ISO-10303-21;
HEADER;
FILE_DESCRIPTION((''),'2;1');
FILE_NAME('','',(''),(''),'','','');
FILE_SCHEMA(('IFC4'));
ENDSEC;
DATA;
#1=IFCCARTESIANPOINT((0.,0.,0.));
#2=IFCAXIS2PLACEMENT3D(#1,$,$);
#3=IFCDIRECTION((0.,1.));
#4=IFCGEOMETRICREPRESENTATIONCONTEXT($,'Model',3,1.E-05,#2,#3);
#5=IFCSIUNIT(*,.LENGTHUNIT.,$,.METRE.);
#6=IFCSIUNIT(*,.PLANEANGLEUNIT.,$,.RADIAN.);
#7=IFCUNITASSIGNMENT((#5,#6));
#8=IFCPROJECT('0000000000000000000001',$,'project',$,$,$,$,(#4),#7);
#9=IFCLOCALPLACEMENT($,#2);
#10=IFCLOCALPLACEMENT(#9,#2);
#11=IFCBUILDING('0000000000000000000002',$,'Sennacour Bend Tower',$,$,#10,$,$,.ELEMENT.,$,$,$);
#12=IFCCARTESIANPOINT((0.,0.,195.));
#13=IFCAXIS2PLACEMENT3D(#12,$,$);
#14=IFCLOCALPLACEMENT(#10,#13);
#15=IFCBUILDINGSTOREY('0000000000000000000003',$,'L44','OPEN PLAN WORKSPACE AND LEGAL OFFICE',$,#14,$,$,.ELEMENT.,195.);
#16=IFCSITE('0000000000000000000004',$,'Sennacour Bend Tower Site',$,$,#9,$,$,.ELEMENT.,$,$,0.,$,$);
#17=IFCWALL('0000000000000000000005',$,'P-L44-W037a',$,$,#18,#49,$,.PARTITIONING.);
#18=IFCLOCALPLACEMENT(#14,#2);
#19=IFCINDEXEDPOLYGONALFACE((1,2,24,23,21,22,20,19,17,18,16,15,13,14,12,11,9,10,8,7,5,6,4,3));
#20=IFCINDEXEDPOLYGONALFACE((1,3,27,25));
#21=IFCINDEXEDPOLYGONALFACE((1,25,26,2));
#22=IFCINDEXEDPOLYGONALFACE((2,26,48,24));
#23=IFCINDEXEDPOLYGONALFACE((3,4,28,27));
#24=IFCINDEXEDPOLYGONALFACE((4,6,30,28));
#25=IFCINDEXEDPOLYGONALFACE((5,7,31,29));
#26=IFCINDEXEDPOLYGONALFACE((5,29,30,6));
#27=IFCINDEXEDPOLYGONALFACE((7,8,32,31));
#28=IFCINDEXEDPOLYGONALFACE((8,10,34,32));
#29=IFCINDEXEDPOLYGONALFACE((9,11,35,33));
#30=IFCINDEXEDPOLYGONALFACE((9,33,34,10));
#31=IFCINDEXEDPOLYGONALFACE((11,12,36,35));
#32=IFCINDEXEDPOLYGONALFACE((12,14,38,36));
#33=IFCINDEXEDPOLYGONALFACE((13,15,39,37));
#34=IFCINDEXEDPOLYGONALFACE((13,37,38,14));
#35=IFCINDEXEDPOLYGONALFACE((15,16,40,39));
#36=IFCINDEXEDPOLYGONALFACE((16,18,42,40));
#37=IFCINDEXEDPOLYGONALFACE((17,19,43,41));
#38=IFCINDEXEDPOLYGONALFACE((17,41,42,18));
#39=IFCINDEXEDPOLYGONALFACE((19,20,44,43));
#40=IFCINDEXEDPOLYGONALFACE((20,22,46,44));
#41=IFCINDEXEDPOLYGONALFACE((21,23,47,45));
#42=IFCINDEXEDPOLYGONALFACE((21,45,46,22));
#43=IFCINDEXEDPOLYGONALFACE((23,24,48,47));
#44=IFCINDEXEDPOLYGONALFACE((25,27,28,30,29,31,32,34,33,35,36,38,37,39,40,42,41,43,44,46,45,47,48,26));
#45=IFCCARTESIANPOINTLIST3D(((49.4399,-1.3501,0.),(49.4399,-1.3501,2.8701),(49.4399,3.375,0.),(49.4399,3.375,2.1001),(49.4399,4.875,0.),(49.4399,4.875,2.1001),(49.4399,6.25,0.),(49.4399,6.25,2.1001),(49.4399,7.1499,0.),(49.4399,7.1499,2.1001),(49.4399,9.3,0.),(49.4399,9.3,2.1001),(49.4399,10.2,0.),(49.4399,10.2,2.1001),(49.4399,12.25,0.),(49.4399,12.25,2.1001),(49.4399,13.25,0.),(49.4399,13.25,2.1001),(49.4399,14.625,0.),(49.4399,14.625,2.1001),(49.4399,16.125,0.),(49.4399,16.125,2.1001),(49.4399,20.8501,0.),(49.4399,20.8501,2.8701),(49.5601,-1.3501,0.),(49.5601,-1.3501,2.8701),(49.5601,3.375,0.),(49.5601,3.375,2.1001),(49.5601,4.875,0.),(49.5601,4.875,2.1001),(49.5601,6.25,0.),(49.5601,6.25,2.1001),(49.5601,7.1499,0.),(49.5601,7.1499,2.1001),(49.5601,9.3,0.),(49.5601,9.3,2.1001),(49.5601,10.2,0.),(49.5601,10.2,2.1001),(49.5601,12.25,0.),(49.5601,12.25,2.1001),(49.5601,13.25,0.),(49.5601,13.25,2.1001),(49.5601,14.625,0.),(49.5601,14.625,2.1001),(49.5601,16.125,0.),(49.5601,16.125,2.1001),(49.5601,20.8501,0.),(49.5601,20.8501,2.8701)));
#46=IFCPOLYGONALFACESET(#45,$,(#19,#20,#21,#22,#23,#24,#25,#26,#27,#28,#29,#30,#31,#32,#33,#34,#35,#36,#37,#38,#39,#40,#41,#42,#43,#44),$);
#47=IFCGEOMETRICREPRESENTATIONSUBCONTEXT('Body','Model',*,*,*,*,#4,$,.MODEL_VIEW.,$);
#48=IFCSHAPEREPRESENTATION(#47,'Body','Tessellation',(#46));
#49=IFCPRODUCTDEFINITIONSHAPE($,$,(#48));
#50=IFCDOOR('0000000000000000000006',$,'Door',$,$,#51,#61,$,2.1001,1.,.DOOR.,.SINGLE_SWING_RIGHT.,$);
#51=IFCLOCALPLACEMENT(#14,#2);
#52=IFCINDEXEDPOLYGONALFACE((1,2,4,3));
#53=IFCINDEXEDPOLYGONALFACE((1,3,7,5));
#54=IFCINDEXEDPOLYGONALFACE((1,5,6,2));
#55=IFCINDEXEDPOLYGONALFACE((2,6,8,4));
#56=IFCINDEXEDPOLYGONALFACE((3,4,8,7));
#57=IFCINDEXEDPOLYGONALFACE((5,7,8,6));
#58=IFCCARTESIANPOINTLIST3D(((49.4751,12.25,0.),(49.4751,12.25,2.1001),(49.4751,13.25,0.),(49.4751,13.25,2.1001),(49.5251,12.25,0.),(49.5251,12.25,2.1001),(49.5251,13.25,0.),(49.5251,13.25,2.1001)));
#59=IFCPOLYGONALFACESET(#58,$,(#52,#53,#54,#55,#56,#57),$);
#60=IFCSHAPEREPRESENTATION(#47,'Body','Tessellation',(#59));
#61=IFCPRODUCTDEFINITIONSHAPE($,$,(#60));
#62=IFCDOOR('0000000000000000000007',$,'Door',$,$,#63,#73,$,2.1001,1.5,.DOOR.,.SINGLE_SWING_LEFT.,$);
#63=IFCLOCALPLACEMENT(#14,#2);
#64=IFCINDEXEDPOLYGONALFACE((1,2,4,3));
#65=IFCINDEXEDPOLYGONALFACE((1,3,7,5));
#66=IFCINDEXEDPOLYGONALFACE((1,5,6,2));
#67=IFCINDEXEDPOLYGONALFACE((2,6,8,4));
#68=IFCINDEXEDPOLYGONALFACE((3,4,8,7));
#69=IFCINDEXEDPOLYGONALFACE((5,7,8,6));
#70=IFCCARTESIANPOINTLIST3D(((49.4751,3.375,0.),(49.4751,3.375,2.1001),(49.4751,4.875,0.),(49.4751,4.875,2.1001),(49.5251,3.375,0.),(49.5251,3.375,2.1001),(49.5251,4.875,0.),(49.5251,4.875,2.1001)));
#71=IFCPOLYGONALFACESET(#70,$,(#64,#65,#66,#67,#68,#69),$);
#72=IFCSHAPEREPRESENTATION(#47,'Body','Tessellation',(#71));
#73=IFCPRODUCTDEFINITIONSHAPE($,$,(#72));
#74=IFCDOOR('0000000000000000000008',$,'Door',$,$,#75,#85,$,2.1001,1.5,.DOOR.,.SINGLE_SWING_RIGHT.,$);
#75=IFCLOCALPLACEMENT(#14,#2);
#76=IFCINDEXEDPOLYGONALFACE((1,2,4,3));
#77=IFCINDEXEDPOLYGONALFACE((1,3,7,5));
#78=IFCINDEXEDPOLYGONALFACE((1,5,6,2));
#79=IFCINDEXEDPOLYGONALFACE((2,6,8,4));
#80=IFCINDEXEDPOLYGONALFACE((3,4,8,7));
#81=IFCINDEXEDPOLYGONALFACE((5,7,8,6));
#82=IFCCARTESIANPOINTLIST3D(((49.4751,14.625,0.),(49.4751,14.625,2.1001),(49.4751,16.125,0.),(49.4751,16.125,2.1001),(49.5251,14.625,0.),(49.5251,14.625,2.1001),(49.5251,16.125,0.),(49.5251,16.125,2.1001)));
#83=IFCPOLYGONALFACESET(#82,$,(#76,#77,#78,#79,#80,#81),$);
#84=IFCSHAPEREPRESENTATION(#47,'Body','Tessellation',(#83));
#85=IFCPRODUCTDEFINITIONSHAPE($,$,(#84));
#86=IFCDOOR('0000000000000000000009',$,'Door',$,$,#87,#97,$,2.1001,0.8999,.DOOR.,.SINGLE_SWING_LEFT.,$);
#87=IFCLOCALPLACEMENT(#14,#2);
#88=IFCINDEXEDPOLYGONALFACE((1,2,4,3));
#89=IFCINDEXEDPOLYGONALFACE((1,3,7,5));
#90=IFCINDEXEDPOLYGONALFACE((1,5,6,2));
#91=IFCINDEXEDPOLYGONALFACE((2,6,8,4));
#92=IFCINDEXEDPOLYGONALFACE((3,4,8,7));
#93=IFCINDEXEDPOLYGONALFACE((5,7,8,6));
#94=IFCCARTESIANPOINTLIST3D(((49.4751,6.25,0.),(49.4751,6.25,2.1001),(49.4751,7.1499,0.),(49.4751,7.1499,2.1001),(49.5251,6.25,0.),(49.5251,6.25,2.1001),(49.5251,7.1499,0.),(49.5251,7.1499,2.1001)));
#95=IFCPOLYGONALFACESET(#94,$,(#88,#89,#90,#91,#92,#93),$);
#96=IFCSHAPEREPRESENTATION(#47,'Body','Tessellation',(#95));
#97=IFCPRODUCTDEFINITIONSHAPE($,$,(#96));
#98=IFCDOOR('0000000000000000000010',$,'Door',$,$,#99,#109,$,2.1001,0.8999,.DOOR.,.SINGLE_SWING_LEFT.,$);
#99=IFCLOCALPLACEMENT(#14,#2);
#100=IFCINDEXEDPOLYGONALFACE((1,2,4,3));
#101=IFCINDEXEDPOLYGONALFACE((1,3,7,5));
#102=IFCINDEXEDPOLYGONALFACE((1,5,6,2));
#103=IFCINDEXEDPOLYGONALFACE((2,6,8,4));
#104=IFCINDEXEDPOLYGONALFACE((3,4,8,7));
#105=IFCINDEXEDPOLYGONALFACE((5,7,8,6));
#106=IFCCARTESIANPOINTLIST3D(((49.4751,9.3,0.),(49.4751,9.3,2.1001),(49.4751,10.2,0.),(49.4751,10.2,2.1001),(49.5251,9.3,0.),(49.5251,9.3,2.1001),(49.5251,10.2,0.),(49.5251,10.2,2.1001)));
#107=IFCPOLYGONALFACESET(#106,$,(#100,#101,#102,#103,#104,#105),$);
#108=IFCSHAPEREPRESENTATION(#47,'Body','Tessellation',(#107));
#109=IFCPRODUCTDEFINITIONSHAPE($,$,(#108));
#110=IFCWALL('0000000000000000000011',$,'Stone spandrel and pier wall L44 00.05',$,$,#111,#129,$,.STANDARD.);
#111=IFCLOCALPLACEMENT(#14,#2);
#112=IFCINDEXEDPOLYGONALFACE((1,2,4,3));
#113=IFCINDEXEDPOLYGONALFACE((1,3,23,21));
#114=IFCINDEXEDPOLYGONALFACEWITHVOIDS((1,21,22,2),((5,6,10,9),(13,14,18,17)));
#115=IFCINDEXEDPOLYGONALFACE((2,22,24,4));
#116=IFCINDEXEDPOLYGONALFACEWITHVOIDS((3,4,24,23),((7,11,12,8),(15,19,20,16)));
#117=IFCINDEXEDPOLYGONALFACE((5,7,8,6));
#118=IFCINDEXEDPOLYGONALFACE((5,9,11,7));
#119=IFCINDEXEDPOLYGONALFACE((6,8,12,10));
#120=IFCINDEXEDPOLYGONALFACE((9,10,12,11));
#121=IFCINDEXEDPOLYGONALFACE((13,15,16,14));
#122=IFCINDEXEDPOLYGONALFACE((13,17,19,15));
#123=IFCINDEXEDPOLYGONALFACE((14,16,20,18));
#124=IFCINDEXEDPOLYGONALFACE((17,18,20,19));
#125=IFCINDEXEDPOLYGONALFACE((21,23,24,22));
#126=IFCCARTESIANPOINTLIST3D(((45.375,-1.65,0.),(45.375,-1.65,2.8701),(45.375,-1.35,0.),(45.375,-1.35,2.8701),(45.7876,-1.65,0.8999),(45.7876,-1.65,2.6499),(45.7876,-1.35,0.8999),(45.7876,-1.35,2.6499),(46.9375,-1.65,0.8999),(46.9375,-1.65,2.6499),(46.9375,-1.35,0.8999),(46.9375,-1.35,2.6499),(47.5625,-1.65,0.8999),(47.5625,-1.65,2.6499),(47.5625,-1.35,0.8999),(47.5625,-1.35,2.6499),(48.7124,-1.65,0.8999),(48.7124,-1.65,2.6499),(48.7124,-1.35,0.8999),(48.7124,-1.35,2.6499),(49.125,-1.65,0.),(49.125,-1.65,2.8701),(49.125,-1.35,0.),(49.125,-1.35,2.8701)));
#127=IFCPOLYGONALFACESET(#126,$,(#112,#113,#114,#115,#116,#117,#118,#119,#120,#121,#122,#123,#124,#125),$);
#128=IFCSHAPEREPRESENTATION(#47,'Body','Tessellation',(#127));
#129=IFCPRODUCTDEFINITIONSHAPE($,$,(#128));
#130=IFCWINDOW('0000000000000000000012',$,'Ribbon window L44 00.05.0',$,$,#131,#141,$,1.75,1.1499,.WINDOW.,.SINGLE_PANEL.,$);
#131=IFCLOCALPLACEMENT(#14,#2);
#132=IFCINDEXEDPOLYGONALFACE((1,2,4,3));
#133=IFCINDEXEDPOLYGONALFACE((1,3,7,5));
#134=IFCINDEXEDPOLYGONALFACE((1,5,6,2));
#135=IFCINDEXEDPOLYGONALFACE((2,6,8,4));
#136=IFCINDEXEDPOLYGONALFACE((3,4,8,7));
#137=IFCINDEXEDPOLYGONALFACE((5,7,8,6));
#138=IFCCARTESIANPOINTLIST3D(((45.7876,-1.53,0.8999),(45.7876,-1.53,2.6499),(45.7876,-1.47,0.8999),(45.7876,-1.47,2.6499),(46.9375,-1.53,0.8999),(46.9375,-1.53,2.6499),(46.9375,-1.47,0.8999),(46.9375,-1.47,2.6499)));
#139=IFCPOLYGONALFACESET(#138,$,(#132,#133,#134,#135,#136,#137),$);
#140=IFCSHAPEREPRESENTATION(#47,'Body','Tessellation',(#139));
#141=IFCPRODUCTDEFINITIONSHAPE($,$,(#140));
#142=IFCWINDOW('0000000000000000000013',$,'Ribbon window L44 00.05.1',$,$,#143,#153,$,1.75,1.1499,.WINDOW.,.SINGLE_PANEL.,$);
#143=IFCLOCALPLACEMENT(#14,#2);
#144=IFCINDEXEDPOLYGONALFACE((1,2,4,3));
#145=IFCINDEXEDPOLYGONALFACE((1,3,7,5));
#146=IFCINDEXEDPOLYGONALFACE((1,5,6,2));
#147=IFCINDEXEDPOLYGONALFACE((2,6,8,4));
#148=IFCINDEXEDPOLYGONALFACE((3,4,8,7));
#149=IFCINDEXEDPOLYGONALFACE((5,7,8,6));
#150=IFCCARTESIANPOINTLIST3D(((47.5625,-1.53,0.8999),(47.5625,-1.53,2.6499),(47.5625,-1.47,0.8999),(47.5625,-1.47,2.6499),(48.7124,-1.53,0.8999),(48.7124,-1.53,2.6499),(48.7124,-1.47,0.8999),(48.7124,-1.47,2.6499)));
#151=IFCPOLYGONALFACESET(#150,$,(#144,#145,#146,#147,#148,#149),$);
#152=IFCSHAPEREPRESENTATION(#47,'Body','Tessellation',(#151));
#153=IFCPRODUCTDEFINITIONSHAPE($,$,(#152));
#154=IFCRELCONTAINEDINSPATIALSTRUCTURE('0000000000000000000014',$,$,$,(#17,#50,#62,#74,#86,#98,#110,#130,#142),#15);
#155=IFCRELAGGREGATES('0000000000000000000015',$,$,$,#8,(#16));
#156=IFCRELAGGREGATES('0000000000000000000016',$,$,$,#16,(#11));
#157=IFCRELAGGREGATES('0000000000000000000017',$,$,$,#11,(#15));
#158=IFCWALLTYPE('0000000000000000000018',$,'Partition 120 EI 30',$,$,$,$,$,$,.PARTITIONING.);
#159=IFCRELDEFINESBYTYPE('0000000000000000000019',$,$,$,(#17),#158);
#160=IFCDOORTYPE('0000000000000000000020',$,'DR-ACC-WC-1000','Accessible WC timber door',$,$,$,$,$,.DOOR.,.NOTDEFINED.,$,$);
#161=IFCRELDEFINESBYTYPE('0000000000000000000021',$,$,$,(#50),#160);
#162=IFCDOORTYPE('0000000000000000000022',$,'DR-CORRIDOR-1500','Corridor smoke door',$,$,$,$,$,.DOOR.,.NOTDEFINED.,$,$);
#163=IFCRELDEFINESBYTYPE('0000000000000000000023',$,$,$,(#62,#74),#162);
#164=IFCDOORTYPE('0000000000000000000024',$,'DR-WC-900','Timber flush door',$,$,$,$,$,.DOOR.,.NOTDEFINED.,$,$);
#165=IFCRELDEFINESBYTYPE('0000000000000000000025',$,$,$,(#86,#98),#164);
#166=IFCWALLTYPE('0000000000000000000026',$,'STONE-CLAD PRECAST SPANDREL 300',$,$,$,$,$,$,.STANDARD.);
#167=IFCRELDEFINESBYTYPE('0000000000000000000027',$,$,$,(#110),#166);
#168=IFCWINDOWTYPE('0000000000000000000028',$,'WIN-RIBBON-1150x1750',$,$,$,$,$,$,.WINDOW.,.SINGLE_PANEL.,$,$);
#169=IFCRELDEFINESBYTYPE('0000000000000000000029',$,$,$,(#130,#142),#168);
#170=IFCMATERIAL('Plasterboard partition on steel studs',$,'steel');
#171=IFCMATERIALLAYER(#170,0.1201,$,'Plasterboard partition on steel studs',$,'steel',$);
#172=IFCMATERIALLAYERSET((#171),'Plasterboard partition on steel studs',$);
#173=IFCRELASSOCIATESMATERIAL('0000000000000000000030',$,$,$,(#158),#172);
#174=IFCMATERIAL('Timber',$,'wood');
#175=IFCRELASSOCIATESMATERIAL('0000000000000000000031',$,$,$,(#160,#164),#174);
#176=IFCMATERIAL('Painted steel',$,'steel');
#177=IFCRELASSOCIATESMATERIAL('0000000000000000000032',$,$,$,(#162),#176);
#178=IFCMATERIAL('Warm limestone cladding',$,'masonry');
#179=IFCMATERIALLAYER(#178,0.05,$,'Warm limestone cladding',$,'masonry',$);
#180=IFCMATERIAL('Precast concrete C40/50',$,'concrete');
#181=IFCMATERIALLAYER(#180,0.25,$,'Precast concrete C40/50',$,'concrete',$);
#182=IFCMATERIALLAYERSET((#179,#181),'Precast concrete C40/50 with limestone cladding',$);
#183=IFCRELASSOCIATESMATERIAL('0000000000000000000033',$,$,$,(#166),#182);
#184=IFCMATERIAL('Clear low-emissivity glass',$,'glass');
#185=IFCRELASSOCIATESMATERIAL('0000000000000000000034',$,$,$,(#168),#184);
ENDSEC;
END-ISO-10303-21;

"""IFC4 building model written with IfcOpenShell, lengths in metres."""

from ifc_helpers import new_model, si_unit, direction, frame, frame_2d, origin, place, context, subcontext, project, spatial, rectangle, extrude, material, layer, layer_set, type_object, element, fill, save


model = new_model("IFC4")

# Units and contexts
model_context = context("Model", 3, precision=1e-05, world=origin(), true_north=direction((0.0, 1.0)))
body_context = subcontext(model_context, "Body", "Model", "MODEL_VIEW")
ifc_project = project(units=[si_unit("LENGTHUNIT", "METRE"), si_unit("PLANEANGLEUNIT", "RADIAN")], contexts=[model_context])

# Site, building, storey
site_placement = place(None, origin())
site = spatial("IfcSite", under=ifc_project, at=site_placement, Name="Sennacour Bend Tower Site", CompositionType="ELEMENT", RefElevation=0.0)
building_placement = place(site_placement, origin())
building = spatial("IfcBuilding", under=site, at=building_placement, Name="Sennacour Bend Tower", CompositionType="ELEMENT")
storey_placement = place(building_placement, frame((0.0, 0.0, 195.0)))
storey = spatial("IfcBuildingStorey", under=building, at=storey_placement, Name="L44", Description="OPEN PLAN WORKSPACE AND LEGAL OFFICE", CompositionType="ELEMENT", Elevation=195.0)

# Shared definitions
ifc_material_1 = material(Name="Plasterboard partition on steel studs", Category="steel")

# Wall, openings, doors
ifc_layer_1 = layer(ifc_material_1, 0.1201, Name="Plasterboard partition on steel studs", Category="steel")
ifc_layer_set_1 = layer_set([ifc_layer_1], Name="Plasterboard partition on steel studs")
wall_type_1 = type_object("IfcWallType", Name="Partition 120 EI 30", PredefinedType="PARTITIONING", material=ifc_layer_set_1)
wall_1_placement = place(storey_placement, frame((49.5, -1.3501, 0.0), z_axis=(0.0, 0.0, 1.0), x_axis=(0.0, 1.0, 0.0)))
wall_1 = element("IfcWall", 1, at=wall_1_placement, inside=storey, type_object=wall_type_1, Name="P-L44-W037a", PredefinedType="PARTITIONING", context=body_context, shape_type="SweptSolid", body=[
    extrude(rectangle(XDim=22.2002, YDim=0.1201, at=frame_2d((11.1001, 0.0))), origin(), (0.0, 0.0, 1.0), 2.8701),
])
opening_1_placement = place(wall_1_placement, frame((4.7251, 0.0, 0.0)))
opening_1 = element("IfcOpeningElement", 2, at=opening_1_placement, cuts=wall_1, PredefinedType="OPENING", context=body_context, shape_type="SweptSolid", body=[
    extrude(rectangle(XDim=1.5, YDim=2.1001, at=frame_2d((0.75, 1.05))), frame((0.0, 0.0701, 0.0), z_axis=(0.0, -1.0, 0.0), x_axis=(1.0, 0.0, 0.0)), (0.0, 0.0, 1.0), 0.1401),
])
opening_2_placement = place(wall_1_placement, frame((15.9751, 0.0, 0.0)))
opening_2 = element("IfcOpeningElement", 3, at=opening_2_placement, cuts=wall_1, PredefinedType="OPENING", context=body_context, shape_type="SweptSolid", body=[
    extrude(rectangle(XDim=1.5, YDim=2.1001, at=frame_2d((0.75, 1.05))), frame((0.0, 0.0701, 0.0), z_axis=(0.0, -1.0, 0.0), x_axis=(1.0, 0.0, 0.0)), (0.0, 0.0, 1.0), 0.1401),
])
opening_3_placement = place(wall_1_placement, frame((7.6001, 0.0, 0.0)))
opening_3 = element("IfcOpeningElement", 4, at=opening_3_placement, cuts=wall_1, PredefinedType="OPENING", context=body_context, shape_type="SweptSolid", body=[
    extrude(rectangle(XDim=0.8999, YDim=2.1001, at=frame_2d((0.45, 1.05))), frame((0.0, 0.0701, 0.0), z_axis=(0.0, -1.0, 0.0), x_axis=(1.0, 0.0, 0.0)), (0.0, 0.0, 1.0), 0.1401),
])
opening_4_placement = place(wall_1_placement, frame((10.6501, 0.0, 0.0)))
opening_4 = element("IfcOpeningElement", 5, at=opening_4_placement, cuts=wall_1, PredefinedType="OPENING", context=body_context, shape_type="SweptSolid", body=[
    extrude(rectangle(XDim=0.8999, YDim=2.1001, at=frame_2d((0.45, 1.05))), frame((0.0, 0.0701, 0.0), z_axis=(0.0, -1.0, 0.0), x_axis=(1.0, 0.0, 0.0)), (0.0, 0.0, 1.0), 0.1401),
])
opening_5_placement = place(wall_1_placement, frame((13.6001, 0.0, 0.0)))
opening_5 = element("IfcOpeningElement", 6, at=opening_5_placement, cuts=wall_1, PredefinedType="OPENING", context=body_context, shape_type="SweptSolid", body=[
    extrude(rectangle(XDim=1.0, YDim=2.1001, at=frame_2d((0.5, 1.05))), frame((0.0, 0.0701, 0.0), z_axis=(0.0, -1.0, 0.0), x_axis=(1.0, 0.0, 0.0)), (0.0, 0.0, 1.0), 0.1401),
])
ifc_material_2 = material(Name="Timber", Category="wood")
door_type_1 = type_object("IfcDoorType", Name="DR-ACC-WC-1000", Description="Accessible WC timber door", OperationType="NOTDEFINED", PredefinedType="DOOR", material=ifc_material_2)
door_1_placement = place(opening_5_placement, origin())
door_1 = element("IfcDoor", 7, at=door_1_placement, inside=storey, type_object=door_type_1, Name="Door", OperationType="SINGLE_SWING_RIGHT", OverallHeight=2.1001, OverallWidth=1.0, PredefinedType="DOOR", context=body_context, shape_type="SweptSolid", body=[
    extrude(rectangle(XDim=1.0, YDim=2.1001, at=frame_2d((0.5, 1.05))), frame((0.0, 0.0249, 0.0), z_axis=(0.0, -1.0, 0.0), x_axis=(1.0, 0.0, 0.0)), (0.0, 0.0, 1.0), 0.05),
])
fill(opening_5, door_1)
ifc_material_3 = material(Name="Painted steel", Category="steel")
door_type_2 = type_object("IfcDoorType", Name="DR-CORRIDOR-1500", Description="Corridor smoke door", OperationType="NOTDEFINED", PredefinedType="DOOR", material=ifc_material_3)
door_2_placement = place(opening_1_placement, origin())
door_2 = element("IfcDoor", 8, at=door_2_placement, inside=storey, type_object=door_type_2, Name="Door", OperationType="SINGLE_SWING_LEFT", OverallHeight=2.1001, OverallWidth=1.5, PredefinedType="DOOR", context=body_context, shape_type="SweptSolid", body=[
    extrude(rectangle(XDim=1.5, YDim=2.1001, at=frame_2d((0.75, 1.05))), frame((0.0, 0.0249, 0.0), z_axis=(0.0, -1.0, 0.0), x_axis=(1.0, 0.0, 0.0)), (0.0, 0.0, 1.0), 0.05),
])
fill(opening_1, door_2)
door_3_placement = place(opening_2_placement, origin())
door_3 = element("IfcDoor", 9, at=door_3_placement, inside=storey, type_object=door_type_2, Name="Door", OperationType="SINGLE_SWING_RIGHT", OverallHeight=2.1001, OverallWidth=1.5, PredefinedType="DOOR", context=body_context, shape_type="SweptSolid", body=[
    extrude(rectangle(XDim=1.5, YDim=2.1001, at=frame_2d((0.75, 1.05))), frame((0.0, 0.0249, 0.0), z_axis=(0.0, -1.0, 0.0), x_axis=(1.0, 0.0, 0.0)), (0.0, 0.0, 1.0), 0.05),
])
fill(opening_2, door_3)
door_type_3 = type_object("IfcDoorType", Name="DR-WC-900", Description="Timber flush door", OperationType="NOTDEFINED", PredefinedType="DOOR", material=ifc_material_2)
door_4_placement = place(opening_3_placement, origin())
door_4 = element("IfcDoor", 10, at=door_4_placement, inside=storey, type_object=door_type_3, Name="Door", OperationType="SINGLE_SWING_LEFT", OverallHeight=2.1001, OverallWidth=0.8999, PredefinedType="DOOR", context=body_context, shape_type="SweptSolid", body=[
    extrude(rectangle(XDim=0.8999, YDim=2.1001, at=frame_2d((0.45, 1.05))), frame((0.0, 0.0249, 0.0), z_axis=(0.0, -1.0, 0.0), x_axis=(1.0, 0.0, 0.0)), (0.0, 0.0, 1.0), 0.05),
])
fill(opening_3, door_4)
door_5_placement = place(opening_4_placement, origin())
door_5 = element("IfcDoor", 11, at=door_5_placement, inside=storey, type_object=door_type_3, Name="Door", OperationType="SINGLE_SWING_LEFT", OverallHeight=2.1001, OverallWidth=0.8999, PredefinedType="DOOR", context=body_context, shape_type="SweptSolid", body=[
    extrude(rectangle(XDim=0.8999, YDim=2.1001, at=frame_2d((0.45, 1.05))), frame((0.0, 0.0249, 0.0), z_axis=(0.0, -1.0, 0.0), x_axis=(1.0, 0.0, 0.0)), (0.0, 0.0, 1.0), 0.05),
])
fill(opening_4, door_5)

# Wall, openings, windows
ifc_material_4 = material(Name="Warm limestone cladding", Category="masonry")
ifc_layer_2 = layer(ifc_material_4, 0.05, Name="Warm limestone cladding", Category="masonry")
ifc_material_5 = material(Name="Precast concrete C40/50", Category="concrete")
ifc_layer_3 = layer(ifc_material_5, 0.25, Name="Precast concrete C40/50", Category="concrete")
ifc_layer_set_2 = layer_set([ifc_layer_2, ifc_layer_3], Name="Precast concrete C40/50 with limestone cladding")
wall_type_2 = type_object("IfcWallType", Name="STONE-CLAD PRECAST SPANDREL 300", PredefinedType="STANDARD", material=ifc_layer_set_2)
wall_2_placement = place(storey_placement, frame((45.375, -1.5, 0.0), z_axis=(0.0, 0.0, 1.0), x_axis=(1.0, 0.0, 0.0)))
wall_2 = element("IfcWall", 12, at=wall_2_placement, inside=storey, type_object=wall_type_2, Name="Stone spandrel and pier wall L44 00.05", PredefinedType="STANDARD", context=body_context, shape_type="SweptSolid", body=[
    extrude(rectangle(XDim=3.75, YDim=0.3, at=frame_2d((1.875, 0.0))), origin(), (0.0, 0.0, 1.0), 2.8701),
])
opening_6_placement = place(wall_2_placement, frame((0.4126, 0.0, 0.8999)))
opening_6 = element("IfcOpeningElement", 13, at=opening_6_placement, cuts=wall_2, PredefinedType="OPENING", context=body_context, shape_type="SweptSolid", body=[
    extrude(rectangle(XDim=1.1499, YDim=1.75, at=frame_2d((0.575, 0.875))), frame((0.0, 0.1602, 0.0), z_axis=(0.0, -1.0, 0.0), x_axis=(1.0, 0.0, 0.0)), (0.0, 0.0, 1.0), 0.3201),
])
opening_7_placement = place(wall_2_placement, frame((2.1875, 0.0, 0.8999)))
opening_7 = element("IfcOpeningElement", 14, at=opening_7_placement, cuts=wall_2, PredefinedType="OPENING", context=body_context, shape_type="SweptSolid", body=[
    extrude(rectangle(XDim=1.1499, YDim=1.75, at=frame_2d((0.575, 0.875))), frame((0.0, 0.1602, 0.0), z_axis=(0.0, -1.0, 0.0), x_axis=(1.0, 0.0, 0.0)), (0.0, 0.0, 1.0), 0.3201),
])
ifc_material_6 = material(Name="Clear low-emissivity glass", Category="glass")
window_type = type_object("IfcWindowType", Name="WIN-RIBBON-1150x1750", PartitioningType="SINGLE_PANEL", PredefinedType="WINDOW", material=ifc_material_6)
window_1_placement = place(opening_6_placement, origin())
window_1 = element("IfcWindow", 15, at=window_1_placement, inside=storey, type_object=window_type, Name="Ribbon window L44 00.05.0", OverallHeight=1.75, OverallWidth=1.1499, PartitioningType="SINGLE_PANEL", PredefinedType="WINDOW", context=body_context, shape_type="SweptSolid", body=[
    extrude(rectangle(XDim=1.1499, YDim=1.75, at=frame_2d((0.575, 0.875))), frame((0.0, 0.03, 0.0), z_axis=(0.0, -1.0, 0.0), x_axis=(1.0, 0.0, 0.0)), (0.0, 0.0, 1.0), 0.0601),
])
fill(opening_6, window_1)
window_2_placement = place(opening_7_placement, origin())
window_2 = element("IfcWindow", 16, at=window_2_placement, inside=storey, type_object=window_type, Name="Ribbon window L44 00.05.1", OverallHeight=1.75, OverallWidth=1.1499, PartitioningType="SINGLE_PANEL", PredefinedType="WINDOW", context=body_context, shape_type="SweptSolid", body=[
    extrude(rectangle(XDim=1.1499, YDim=1.75, at=frame_2d((0.575, 0.875))), frame((0.0, 0.03, 0.0), z_axis=(0.0, -1.0, 0.0), x_axis=(1.0, 0.0, 0.0)), (0.0, 0.0, 1.0), 0.0601),
])
fill(opening_7, window_2)

save(model, "model.ifc")
